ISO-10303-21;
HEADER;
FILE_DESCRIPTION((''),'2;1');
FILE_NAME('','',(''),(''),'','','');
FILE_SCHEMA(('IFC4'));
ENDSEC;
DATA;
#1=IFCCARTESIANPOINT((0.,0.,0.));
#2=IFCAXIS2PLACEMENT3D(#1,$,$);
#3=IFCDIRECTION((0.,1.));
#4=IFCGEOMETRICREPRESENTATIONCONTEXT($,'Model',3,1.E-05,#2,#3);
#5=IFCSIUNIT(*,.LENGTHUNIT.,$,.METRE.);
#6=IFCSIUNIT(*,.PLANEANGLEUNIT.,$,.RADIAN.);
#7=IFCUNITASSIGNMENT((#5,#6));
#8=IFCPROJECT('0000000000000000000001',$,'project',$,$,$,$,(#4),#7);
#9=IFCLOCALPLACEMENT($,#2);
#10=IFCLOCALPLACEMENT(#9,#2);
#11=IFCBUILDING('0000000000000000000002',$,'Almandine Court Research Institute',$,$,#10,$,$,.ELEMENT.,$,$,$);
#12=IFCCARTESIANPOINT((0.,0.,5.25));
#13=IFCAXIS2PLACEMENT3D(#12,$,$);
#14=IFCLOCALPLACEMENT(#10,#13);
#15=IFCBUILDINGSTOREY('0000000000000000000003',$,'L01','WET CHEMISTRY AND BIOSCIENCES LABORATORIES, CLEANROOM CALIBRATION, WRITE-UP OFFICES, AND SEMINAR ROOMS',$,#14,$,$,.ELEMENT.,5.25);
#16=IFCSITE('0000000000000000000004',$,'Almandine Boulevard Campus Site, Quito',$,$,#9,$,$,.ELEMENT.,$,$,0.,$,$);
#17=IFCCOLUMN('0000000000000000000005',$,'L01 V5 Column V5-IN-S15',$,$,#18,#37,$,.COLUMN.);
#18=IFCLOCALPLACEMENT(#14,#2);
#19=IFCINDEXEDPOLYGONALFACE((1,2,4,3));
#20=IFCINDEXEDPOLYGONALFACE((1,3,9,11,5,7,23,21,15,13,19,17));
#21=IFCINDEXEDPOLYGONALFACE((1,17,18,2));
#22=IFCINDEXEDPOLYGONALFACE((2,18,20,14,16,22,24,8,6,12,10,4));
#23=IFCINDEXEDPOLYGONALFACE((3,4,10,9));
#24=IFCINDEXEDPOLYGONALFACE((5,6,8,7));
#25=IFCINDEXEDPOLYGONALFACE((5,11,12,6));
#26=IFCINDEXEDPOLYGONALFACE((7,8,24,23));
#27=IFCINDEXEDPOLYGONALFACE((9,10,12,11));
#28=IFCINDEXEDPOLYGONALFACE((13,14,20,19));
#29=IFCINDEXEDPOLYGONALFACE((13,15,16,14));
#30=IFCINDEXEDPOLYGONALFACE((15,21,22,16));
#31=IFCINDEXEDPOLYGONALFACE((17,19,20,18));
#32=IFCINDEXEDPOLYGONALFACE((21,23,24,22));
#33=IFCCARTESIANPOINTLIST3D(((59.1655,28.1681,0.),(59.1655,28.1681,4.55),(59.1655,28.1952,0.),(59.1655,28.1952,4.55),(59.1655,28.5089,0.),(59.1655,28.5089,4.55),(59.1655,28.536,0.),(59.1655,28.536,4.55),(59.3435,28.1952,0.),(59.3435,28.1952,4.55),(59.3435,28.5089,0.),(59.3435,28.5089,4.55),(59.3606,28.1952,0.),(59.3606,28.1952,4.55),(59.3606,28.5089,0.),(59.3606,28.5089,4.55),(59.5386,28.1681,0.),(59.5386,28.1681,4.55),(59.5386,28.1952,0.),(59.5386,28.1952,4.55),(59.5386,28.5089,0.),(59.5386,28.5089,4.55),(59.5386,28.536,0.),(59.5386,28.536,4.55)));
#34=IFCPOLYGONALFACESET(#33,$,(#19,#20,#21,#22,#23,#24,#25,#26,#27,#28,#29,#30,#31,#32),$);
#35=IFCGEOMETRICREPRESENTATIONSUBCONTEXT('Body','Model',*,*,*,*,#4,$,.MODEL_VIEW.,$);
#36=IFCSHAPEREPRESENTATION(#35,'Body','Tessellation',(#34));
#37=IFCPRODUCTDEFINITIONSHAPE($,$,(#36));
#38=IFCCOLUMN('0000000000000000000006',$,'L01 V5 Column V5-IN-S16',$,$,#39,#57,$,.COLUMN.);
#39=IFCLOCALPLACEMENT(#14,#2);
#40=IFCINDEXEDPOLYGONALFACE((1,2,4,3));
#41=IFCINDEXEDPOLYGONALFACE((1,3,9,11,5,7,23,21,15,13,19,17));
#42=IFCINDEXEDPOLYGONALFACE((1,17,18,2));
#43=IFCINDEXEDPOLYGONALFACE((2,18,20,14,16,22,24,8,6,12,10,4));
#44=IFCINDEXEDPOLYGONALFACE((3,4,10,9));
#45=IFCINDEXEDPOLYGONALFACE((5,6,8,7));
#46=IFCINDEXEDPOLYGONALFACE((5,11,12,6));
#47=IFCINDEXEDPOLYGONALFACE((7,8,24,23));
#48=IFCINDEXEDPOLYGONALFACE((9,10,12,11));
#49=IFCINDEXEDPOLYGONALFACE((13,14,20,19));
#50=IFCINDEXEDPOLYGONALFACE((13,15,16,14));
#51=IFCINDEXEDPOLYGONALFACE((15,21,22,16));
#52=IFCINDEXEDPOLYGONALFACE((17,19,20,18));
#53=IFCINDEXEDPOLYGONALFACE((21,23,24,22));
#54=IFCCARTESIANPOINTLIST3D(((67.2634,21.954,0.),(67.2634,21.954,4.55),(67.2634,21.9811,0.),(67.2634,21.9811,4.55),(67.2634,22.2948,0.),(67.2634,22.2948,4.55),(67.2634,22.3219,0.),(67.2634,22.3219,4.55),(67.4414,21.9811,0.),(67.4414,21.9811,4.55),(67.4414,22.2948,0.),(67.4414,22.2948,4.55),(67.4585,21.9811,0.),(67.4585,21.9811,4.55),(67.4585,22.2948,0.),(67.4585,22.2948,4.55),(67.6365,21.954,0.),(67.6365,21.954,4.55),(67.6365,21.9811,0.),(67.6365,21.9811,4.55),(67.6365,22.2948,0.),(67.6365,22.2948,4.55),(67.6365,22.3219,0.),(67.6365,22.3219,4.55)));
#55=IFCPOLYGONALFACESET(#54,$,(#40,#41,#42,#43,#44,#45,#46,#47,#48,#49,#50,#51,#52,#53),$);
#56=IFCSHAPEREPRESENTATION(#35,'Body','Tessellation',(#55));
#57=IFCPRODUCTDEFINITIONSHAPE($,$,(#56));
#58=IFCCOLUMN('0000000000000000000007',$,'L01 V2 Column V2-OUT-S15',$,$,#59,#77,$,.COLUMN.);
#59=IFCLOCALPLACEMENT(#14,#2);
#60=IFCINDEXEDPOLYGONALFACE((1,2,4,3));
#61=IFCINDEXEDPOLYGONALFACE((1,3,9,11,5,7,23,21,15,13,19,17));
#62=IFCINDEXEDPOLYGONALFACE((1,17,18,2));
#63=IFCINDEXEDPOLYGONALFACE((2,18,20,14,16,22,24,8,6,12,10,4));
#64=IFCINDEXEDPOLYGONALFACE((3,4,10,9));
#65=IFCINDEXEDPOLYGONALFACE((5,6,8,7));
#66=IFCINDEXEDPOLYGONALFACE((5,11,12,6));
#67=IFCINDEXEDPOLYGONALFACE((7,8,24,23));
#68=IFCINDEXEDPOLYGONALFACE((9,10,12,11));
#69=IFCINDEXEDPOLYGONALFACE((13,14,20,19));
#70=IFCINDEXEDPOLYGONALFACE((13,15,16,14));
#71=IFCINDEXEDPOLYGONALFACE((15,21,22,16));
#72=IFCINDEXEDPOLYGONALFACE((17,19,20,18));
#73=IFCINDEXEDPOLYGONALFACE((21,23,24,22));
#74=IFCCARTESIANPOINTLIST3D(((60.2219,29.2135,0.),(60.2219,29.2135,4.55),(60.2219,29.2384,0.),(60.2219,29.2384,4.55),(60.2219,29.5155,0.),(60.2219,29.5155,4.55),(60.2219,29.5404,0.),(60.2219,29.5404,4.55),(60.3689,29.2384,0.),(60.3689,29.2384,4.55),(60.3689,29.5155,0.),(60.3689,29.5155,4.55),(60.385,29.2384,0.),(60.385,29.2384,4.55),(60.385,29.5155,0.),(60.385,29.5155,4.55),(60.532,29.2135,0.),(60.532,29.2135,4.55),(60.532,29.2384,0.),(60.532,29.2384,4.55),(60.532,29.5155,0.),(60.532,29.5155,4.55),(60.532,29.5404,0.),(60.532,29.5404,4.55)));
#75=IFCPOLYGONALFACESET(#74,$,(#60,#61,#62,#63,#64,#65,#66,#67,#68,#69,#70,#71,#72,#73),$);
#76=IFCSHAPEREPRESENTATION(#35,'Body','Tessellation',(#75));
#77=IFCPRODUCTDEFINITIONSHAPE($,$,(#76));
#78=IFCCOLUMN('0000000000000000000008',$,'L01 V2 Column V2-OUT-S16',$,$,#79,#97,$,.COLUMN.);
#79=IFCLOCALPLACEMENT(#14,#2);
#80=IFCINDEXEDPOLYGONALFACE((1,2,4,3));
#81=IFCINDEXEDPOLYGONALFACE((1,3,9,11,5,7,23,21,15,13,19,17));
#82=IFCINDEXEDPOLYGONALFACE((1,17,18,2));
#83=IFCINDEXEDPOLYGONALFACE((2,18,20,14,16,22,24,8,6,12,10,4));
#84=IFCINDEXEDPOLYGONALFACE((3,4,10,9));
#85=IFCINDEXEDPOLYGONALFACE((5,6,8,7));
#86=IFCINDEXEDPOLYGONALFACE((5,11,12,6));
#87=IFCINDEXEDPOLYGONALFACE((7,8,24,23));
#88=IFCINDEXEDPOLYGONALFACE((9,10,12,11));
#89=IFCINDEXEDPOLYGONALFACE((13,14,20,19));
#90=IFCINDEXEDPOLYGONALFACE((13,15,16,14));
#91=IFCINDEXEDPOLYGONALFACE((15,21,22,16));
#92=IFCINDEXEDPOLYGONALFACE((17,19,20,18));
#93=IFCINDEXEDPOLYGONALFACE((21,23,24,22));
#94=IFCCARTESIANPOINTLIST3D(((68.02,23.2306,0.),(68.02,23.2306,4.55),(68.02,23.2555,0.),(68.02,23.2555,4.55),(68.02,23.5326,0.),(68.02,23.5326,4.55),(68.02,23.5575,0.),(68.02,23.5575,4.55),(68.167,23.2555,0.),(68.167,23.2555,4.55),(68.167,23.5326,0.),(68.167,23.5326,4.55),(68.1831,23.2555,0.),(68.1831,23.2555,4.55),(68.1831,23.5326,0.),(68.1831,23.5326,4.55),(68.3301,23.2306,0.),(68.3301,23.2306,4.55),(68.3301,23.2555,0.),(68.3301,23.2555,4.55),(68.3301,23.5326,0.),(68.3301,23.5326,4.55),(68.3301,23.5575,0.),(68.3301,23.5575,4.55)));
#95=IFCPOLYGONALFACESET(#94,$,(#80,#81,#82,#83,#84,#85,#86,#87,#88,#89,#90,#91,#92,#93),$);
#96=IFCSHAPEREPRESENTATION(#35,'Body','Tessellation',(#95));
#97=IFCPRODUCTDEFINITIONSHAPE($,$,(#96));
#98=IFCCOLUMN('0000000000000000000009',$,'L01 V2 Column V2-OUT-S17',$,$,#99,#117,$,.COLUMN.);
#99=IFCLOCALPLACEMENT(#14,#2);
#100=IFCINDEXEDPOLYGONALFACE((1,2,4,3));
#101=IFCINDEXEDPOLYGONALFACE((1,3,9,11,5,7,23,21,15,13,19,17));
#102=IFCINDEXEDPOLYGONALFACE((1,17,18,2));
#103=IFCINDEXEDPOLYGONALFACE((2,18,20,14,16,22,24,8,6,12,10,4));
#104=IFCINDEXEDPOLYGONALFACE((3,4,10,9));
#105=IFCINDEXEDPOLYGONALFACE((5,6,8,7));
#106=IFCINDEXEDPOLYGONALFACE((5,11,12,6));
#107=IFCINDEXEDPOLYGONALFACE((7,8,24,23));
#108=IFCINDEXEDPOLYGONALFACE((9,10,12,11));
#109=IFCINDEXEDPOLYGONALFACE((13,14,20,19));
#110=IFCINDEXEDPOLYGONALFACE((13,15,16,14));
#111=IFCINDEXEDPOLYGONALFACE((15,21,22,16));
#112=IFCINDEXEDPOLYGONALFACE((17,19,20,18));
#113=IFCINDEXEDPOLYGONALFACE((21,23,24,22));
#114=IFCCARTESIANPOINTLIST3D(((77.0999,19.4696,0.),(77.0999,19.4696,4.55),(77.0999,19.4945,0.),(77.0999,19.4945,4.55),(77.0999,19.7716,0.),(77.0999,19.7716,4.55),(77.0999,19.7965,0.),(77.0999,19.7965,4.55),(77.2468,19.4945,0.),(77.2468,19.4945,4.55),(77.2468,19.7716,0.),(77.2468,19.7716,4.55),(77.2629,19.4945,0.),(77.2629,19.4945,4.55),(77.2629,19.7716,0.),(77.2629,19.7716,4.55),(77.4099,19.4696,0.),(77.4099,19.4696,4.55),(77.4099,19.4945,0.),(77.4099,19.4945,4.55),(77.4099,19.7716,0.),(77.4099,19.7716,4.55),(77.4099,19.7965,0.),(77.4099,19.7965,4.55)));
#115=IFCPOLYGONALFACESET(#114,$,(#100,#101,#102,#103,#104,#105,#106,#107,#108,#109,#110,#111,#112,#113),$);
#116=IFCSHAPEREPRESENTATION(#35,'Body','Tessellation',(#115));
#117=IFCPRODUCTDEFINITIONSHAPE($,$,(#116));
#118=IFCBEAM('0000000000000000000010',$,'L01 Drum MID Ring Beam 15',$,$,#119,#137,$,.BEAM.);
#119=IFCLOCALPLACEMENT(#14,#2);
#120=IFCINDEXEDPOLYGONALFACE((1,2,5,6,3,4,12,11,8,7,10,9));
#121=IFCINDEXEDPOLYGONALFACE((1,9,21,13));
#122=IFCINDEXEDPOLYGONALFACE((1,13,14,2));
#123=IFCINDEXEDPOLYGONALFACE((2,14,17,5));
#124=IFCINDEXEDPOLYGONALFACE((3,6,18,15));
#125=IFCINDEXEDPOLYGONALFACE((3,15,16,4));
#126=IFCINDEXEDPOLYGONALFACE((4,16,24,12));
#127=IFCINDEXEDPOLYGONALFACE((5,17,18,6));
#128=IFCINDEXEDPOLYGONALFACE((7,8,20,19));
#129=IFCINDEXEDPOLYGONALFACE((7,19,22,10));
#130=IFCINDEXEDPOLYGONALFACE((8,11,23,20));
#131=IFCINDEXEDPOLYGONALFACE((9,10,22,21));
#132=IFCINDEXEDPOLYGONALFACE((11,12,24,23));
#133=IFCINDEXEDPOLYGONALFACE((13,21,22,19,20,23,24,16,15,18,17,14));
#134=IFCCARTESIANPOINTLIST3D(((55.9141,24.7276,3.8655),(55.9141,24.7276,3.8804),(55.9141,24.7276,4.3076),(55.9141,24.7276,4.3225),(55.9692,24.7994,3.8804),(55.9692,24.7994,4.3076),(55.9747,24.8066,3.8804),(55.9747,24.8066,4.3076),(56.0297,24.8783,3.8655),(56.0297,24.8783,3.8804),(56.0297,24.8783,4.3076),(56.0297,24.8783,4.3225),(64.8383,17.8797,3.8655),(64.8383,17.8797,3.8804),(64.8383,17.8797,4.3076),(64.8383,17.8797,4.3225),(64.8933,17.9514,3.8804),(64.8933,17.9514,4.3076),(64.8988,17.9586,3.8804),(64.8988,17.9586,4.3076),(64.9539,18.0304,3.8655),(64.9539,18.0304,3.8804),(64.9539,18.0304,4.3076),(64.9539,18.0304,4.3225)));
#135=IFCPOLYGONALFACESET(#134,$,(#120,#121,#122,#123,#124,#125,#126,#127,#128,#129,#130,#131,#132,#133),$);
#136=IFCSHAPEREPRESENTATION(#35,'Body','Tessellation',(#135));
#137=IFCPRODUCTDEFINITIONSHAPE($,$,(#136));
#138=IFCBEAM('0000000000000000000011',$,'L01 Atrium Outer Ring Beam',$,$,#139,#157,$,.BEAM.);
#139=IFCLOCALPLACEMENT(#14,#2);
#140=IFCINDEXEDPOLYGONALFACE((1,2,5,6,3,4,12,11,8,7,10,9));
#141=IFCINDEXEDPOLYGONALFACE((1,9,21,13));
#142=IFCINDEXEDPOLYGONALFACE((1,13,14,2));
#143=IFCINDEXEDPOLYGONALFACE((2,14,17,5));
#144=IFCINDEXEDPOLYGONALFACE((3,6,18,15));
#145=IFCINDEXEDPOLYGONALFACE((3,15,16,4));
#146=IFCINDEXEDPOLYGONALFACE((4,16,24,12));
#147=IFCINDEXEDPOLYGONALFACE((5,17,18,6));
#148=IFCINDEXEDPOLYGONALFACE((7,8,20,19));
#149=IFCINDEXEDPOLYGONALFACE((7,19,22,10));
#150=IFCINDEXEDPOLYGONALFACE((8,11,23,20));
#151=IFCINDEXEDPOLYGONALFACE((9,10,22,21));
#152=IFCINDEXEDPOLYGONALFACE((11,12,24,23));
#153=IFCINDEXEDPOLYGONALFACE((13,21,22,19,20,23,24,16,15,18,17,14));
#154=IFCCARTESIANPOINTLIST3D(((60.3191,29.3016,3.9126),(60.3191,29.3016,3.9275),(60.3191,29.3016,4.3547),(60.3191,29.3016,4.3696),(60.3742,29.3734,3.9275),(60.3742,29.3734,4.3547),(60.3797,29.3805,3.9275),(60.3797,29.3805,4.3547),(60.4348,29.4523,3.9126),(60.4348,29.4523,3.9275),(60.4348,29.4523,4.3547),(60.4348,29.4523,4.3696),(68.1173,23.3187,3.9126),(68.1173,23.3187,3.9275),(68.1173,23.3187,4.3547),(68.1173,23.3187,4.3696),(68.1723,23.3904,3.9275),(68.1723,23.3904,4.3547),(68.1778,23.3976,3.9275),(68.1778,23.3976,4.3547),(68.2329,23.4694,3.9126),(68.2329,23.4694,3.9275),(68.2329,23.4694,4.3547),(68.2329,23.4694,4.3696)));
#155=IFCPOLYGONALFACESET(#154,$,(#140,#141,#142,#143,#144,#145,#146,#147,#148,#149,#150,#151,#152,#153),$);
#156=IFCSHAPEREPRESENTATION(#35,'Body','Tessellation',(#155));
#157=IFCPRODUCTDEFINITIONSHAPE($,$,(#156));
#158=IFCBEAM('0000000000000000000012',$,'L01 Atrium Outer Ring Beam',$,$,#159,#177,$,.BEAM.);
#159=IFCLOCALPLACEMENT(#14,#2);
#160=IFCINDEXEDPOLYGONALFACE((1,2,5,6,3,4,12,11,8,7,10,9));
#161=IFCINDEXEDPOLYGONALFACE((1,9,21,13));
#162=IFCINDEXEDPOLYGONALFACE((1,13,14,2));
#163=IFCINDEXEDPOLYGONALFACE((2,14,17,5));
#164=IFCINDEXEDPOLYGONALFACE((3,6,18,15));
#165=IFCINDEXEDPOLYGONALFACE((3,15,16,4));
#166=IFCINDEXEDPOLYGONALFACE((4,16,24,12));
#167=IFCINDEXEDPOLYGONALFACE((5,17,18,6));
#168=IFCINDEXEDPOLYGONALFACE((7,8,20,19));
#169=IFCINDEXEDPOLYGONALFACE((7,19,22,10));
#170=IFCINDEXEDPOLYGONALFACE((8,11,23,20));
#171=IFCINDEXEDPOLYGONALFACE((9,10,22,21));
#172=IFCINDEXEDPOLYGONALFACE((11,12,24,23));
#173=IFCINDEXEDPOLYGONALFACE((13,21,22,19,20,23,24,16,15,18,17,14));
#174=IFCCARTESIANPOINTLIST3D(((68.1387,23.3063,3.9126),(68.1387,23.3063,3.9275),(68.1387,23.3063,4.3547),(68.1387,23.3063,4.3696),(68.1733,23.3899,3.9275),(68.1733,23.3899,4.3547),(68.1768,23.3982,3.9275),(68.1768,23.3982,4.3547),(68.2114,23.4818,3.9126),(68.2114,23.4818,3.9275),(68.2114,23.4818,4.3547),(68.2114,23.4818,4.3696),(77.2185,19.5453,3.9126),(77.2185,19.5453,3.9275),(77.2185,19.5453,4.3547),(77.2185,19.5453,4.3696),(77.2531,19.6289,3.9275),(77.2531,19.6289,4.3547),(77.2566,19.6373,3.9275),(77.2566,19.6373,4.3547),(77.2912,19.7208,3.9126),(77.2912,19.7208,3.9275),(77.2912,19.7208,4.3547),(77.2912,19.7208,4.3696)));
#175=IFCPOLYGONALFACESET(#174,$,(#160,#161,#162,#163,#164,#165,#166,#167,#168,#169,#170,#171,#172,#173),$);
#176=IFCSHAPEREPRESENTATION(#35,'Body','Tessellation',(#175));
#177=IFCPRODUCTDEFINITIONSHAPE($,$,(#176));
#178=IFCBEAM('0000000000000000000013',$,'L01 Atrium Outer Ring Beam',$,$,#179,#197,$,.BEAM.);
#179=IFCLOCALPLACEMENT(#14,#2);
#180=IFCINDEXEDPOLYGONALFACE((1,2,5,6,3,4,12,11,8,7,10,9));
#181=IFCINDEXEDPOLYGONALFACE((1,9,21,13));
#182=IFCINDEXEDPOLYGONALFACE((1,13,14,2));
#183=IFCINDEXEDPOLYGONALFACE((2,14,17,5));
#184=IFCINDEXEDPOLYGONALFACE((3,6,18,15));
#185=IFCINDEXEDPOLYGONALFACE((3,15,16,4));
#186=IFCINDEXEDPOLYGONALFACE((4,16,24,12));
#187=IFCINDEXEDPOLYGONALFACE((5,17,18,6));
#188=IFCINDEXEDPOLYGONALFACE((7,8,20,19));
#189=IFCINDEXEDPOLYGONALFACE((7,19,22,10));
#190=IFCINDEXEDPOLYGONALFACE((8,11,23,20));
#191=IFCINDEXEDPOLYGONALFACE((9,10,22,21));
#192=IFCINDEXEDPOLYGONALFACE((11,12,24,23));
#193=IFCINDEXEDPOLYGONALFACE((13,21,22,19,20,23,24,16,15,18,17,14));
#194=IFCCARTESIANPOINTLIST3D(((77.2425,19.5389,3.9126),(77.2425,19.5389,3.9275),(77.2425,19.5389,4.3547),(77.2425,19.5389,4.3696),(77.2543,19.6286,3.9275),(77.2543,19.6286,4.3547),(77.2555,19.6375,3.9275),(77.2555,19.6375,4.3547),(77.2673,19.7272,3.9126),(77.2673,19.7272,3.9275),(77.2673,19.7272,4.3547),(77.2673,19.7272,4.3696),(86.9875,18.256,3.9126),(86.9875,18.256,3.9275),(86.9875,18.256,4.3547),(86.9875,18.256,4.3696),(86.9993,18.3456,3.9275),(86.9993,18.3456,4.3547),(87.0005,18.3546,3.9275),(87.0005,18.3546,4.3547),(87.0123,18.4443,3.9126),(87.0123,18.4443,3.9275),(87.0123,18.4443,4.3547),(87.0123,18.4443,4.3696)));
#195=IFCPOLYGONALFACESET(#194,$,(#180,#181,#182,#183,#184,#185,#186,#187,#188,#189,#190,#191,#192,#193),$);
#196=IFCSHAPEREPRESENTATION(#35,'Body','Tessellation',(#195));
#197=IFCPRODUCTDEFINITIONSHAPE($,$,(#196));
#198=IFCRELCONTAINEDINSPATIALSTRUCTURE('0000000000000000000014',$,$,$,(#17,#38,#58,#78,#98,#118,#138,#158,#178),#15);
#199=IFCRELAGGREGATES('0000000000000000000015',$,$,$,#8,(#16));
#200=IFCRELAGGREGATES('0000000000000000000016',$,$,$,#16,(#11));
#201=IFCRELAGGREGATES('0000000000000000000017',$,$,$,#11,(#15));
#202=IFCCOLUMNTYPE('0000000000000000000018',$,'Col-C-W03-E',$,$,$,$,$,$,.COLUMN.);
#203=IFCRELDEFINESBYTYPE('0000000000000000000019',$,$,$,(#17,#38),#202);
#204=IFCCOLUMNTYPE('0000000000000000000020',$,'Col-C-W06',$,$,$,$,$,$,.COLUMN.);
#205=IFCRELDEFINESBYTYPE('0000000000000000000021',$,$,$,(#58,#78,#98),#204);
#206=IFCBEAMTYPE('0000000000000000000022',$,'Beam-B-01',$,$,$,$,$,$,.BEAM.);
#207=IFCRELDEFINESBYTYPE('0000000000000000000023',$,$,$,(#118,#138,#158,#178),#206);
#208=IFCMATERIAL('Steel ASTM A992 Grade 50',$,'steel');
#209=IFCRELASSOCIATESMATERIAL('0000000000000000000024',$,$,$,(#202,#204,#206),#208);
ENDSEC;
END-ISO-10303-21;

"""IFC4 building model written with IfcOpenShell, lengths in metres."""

from ifc_helpers import new_model, si_unit, direction, frame, origin, origin_2d, place, context, subcontext, project, spatial, i_section, extrude, material, material_profile, profile_set, type_object, element, save


model = new_model("IFC4")

# Units and contexts
model_context = context("Model", 3, precision=1e-05, world=origin(), true_north=direction((0.0, 1.0)))
body_context = subcontext(model_context, "Body", "Model", "MODEL_VIEW")
ifc_project = project(units=[si_unit("LENGTHUNIT", "METRE"), si_unit("PLANEANGLEUNIT", "RADIAN")], contexts=[model_context])

# Site, building, storey
site_placement = place(None, origin())
site = spatial("IfcSite", under=ifc_project, at=site_placement, Name="Almandine Boulevard Campus Site, Quito", CompositionType="ELEMENT", RefElevation=0.0)
building_placement = place(site_placement, origin())
building = spatial("IfcBuilding", under=site, at=building_placement, Name="Almandine Court Research Institute", CompositionType="ELEMENT")
storey_placement = place(building_placement, frame((0.0, 0.0, 5.25)))
storey = spatial("IfcBuildingStorey", under=building, at=storey_placement, Name="L01", Description="WET CHEMISTRY AND BIOSCIENCES LABORATORIES, CLEANROOM CALIBRATION, WRITE-UP OFFICES, AND SEMINAR ROOMS", CompositionType="ELEMENT", Elevation=5.25)

# Columns
ifc_material_1 = material(Name="Steel ASTM A992 Grade 50", Category="steel")
ifc_material_profile_1 = material_profile(ifc_material_1, i_section(OverallWidth=0.373, OverallDepth=0.3679, WebThickness=0.0171, FlangeThickness=0.0271, at=origin_2d()), Name="W360x179")
ifc_profile_set_1 = profile_set([ifc_material_profile_1], Name="Steel ASTM A992 Grade 50")
column_type_1 = type_object("IfcColumnType", Name="Col-C-W03-E", PredefinedType="COLUMN", material=ifc_profile_set_1)
for number, where, z_axis, x_axis, name in (
    (1, (59.3521, 28.3521, 0.0), (0.0, 0.0, 1.0), (1.0, 0.0, 0.0), "L01 V5 Column V5-IN-S15"),
    (2, (67.45, 22.1379, 0.0), (0.0, 0.0, 1.0), (1.0, 0.0, 0.0), "L01 V5 Column V5-IN-S16"),
):
    element("IfcColumn", number, at=place(storey_placement, frame(where, z_axis=z_axis, x_axis=x_axis)), inside=storey, type_object=column_type_1, Name=name, PredefinedType="COLUMN", context=body_context, shape_type="SweptSolid", body=[
        extrude(i_section(OverallWidth=0.373, OverallDepth=0.3679, WebThickness=0.0171, FlangeThickness=0.0271, at=origin_2d()), origin(), (0.0, 0.0, 1.0), 4.55),
    ])
ifc_material_profile_2 = material_profile(ifc_material_1, i_section(OverallWidth=0.3101, OverallDepth=0.3269, WebThickness=0.0161, FlangeThickness=0.0249, at=origin_2d()), Name="W310x158")
ifc_profile_set_2 = profile_set([ifc_material_profile_2], Name="Steel ASTM A992 Grade 50")
column_type_2 = type_object("IfcColumnType", Name="Col-C-W06", PredefinedType="COLUMN", material=ifc_profile_set_2)
for number, where, z_axis, x_axis, name in (
    (3, (60.377, 29.377, 0.0), (0.0, 0.0, 1.0), (1.0, 0.0, 0.0), "L01 V2 Column V2-OUT-S15"),
    (4, (68.175, 23.394, 0.0), (0.0, 0.0, 1.0), (1.0, 0.0, 0.0), "L01 V2 Column V2-OUT-S16"),
    (5, (77.2549, 19.6331, 0.0), (0.0, 0.0, 1.0), (1.0, 0.0, 0.0), "L01 V2 Column V2-OUT-S17"),
):
    element("IfcColumn", number, at=place(storey_placement, frame(where, z_axis=z_axis, x_axis=x_axis)), inside=storey, type_object=column_type_2, Name=name, PredefinedType="COLUMN", context=body_context, shape_type="SweptSolid", body=[
        extrude(i_section(OverallWidth=0.3101, OverallDepth=0.3269, WebThickness=0.0161, FlangeThickness=0.0249, at=origin_2d()), origin(), (0.0, 0.0, 1.0), 4.55),
    ])

# Beams
ifc_material_profile_3 = material_profile(ifc_material_1, i_section(OverallWidth=0.1899, OverallDepth=0.457, WebThickness=0.009, FlangeThickness=0.0149, at=origin_2d()), Name="W460x74")
ifc_profile_set_3 = profile_set([ifc_material_profile_3], Name="Steel ASTM A992 Grade 50")
beam_type_1 = type_object("IfcBeamType", Name="Beam-B-01", PredefinedType="BEAM", material=ifc_profile_set_3)
beam_1_placement = place(storey_placement, frame((55.9719, 24.803, 4.094), z_axis=(0.793344, -0.608774, 0.0), x_axis=(0.608774, 0.793344, 0.0)))
element("IfcBeam", 6, at=beam_1_placement, inside=storey, type_object=beam_type_1, Name="L01 Drum MID Ring Beam 15", PredefinedType="BEAM", context=body_context, shape_type="SweptSolid", body=[
    extrude(i_section(OverallWidth=0.1899, OverallDepth=0.457, WebThickness=0.009, FlangeThickness=0.0149, at=origin_2d()), origin(), (0.0, 0.0, 1.0), 11.2488),
])
beam_2_placement = place(storey_placement, frame((60.377, 29.377, 4.1411), z_axis=(0.793392, -0.608712, 0.0), x_axis=(0.608712, 0.793392, 0.0)))
element("IfcBeam", 7, at=beam_2_placement, inside=storey, type_object=beam_type_1, Name="L01 Atrium Outer Ring Beam", PredefinedType="BEAM", context=body_context, shape_type="SweptSolid", body=[
    extrude(i_section(OverallWidth=0.1899, OverallDepth=0.457, WebThickness=0.009, FlangeThickness=0.0149, at=origin_2d()), origin(), (0.0, 0.0, 1.0), 9.8289),
])
beam_3_placement = place(storey_placement, frame((68.175, 23.394, 4.1411), z_axis=(0.92388, -0.382683, 0.0), x_axis=(0.382683, 0.92388, 0.0)))
element("IfcBeam", 8, at=beam_3_placement, inside=storey, type_object=beam_type_1, Name="L01 Atrium Outer Ring Beam", PredefinedType="BEAM", context=body_context, shape_type="SweptSolid", body=[
    extrude(i_section(OverallWidth=0.1899, OverallDepth=0.457, WebThickness=0.009, FlangeThickness=0.0149, at=origin_2d()), origin(), (0.0, 0.0, 1.0), 9.8279),
])
beam_4_placement = place(storey_placement, frame((77.2549, 19.6331, 4.1411), z_axis=(0.991445, -0.130525, 0.0), x_axis=(0.130525, 0.991445, 0.0)))
element("IfcBeam", 9, at=beam_4_placement, inside=storey, type_object=beam_type_1, Name="L01 Atrium Outer Ring Beam", PredefinedType="BEAM", context=body_context, shape_type="SweptSolid", body=[
    extrude(i_section(OverallWidth=0.1899, OverallDepth=0.457, WebThickness=0.009, FlangeThickness=0.0149, at=origin_2d()), origin(), (0.0, 0.0, 1.0), 9.8291),
])

save(model, "model.ifc")
